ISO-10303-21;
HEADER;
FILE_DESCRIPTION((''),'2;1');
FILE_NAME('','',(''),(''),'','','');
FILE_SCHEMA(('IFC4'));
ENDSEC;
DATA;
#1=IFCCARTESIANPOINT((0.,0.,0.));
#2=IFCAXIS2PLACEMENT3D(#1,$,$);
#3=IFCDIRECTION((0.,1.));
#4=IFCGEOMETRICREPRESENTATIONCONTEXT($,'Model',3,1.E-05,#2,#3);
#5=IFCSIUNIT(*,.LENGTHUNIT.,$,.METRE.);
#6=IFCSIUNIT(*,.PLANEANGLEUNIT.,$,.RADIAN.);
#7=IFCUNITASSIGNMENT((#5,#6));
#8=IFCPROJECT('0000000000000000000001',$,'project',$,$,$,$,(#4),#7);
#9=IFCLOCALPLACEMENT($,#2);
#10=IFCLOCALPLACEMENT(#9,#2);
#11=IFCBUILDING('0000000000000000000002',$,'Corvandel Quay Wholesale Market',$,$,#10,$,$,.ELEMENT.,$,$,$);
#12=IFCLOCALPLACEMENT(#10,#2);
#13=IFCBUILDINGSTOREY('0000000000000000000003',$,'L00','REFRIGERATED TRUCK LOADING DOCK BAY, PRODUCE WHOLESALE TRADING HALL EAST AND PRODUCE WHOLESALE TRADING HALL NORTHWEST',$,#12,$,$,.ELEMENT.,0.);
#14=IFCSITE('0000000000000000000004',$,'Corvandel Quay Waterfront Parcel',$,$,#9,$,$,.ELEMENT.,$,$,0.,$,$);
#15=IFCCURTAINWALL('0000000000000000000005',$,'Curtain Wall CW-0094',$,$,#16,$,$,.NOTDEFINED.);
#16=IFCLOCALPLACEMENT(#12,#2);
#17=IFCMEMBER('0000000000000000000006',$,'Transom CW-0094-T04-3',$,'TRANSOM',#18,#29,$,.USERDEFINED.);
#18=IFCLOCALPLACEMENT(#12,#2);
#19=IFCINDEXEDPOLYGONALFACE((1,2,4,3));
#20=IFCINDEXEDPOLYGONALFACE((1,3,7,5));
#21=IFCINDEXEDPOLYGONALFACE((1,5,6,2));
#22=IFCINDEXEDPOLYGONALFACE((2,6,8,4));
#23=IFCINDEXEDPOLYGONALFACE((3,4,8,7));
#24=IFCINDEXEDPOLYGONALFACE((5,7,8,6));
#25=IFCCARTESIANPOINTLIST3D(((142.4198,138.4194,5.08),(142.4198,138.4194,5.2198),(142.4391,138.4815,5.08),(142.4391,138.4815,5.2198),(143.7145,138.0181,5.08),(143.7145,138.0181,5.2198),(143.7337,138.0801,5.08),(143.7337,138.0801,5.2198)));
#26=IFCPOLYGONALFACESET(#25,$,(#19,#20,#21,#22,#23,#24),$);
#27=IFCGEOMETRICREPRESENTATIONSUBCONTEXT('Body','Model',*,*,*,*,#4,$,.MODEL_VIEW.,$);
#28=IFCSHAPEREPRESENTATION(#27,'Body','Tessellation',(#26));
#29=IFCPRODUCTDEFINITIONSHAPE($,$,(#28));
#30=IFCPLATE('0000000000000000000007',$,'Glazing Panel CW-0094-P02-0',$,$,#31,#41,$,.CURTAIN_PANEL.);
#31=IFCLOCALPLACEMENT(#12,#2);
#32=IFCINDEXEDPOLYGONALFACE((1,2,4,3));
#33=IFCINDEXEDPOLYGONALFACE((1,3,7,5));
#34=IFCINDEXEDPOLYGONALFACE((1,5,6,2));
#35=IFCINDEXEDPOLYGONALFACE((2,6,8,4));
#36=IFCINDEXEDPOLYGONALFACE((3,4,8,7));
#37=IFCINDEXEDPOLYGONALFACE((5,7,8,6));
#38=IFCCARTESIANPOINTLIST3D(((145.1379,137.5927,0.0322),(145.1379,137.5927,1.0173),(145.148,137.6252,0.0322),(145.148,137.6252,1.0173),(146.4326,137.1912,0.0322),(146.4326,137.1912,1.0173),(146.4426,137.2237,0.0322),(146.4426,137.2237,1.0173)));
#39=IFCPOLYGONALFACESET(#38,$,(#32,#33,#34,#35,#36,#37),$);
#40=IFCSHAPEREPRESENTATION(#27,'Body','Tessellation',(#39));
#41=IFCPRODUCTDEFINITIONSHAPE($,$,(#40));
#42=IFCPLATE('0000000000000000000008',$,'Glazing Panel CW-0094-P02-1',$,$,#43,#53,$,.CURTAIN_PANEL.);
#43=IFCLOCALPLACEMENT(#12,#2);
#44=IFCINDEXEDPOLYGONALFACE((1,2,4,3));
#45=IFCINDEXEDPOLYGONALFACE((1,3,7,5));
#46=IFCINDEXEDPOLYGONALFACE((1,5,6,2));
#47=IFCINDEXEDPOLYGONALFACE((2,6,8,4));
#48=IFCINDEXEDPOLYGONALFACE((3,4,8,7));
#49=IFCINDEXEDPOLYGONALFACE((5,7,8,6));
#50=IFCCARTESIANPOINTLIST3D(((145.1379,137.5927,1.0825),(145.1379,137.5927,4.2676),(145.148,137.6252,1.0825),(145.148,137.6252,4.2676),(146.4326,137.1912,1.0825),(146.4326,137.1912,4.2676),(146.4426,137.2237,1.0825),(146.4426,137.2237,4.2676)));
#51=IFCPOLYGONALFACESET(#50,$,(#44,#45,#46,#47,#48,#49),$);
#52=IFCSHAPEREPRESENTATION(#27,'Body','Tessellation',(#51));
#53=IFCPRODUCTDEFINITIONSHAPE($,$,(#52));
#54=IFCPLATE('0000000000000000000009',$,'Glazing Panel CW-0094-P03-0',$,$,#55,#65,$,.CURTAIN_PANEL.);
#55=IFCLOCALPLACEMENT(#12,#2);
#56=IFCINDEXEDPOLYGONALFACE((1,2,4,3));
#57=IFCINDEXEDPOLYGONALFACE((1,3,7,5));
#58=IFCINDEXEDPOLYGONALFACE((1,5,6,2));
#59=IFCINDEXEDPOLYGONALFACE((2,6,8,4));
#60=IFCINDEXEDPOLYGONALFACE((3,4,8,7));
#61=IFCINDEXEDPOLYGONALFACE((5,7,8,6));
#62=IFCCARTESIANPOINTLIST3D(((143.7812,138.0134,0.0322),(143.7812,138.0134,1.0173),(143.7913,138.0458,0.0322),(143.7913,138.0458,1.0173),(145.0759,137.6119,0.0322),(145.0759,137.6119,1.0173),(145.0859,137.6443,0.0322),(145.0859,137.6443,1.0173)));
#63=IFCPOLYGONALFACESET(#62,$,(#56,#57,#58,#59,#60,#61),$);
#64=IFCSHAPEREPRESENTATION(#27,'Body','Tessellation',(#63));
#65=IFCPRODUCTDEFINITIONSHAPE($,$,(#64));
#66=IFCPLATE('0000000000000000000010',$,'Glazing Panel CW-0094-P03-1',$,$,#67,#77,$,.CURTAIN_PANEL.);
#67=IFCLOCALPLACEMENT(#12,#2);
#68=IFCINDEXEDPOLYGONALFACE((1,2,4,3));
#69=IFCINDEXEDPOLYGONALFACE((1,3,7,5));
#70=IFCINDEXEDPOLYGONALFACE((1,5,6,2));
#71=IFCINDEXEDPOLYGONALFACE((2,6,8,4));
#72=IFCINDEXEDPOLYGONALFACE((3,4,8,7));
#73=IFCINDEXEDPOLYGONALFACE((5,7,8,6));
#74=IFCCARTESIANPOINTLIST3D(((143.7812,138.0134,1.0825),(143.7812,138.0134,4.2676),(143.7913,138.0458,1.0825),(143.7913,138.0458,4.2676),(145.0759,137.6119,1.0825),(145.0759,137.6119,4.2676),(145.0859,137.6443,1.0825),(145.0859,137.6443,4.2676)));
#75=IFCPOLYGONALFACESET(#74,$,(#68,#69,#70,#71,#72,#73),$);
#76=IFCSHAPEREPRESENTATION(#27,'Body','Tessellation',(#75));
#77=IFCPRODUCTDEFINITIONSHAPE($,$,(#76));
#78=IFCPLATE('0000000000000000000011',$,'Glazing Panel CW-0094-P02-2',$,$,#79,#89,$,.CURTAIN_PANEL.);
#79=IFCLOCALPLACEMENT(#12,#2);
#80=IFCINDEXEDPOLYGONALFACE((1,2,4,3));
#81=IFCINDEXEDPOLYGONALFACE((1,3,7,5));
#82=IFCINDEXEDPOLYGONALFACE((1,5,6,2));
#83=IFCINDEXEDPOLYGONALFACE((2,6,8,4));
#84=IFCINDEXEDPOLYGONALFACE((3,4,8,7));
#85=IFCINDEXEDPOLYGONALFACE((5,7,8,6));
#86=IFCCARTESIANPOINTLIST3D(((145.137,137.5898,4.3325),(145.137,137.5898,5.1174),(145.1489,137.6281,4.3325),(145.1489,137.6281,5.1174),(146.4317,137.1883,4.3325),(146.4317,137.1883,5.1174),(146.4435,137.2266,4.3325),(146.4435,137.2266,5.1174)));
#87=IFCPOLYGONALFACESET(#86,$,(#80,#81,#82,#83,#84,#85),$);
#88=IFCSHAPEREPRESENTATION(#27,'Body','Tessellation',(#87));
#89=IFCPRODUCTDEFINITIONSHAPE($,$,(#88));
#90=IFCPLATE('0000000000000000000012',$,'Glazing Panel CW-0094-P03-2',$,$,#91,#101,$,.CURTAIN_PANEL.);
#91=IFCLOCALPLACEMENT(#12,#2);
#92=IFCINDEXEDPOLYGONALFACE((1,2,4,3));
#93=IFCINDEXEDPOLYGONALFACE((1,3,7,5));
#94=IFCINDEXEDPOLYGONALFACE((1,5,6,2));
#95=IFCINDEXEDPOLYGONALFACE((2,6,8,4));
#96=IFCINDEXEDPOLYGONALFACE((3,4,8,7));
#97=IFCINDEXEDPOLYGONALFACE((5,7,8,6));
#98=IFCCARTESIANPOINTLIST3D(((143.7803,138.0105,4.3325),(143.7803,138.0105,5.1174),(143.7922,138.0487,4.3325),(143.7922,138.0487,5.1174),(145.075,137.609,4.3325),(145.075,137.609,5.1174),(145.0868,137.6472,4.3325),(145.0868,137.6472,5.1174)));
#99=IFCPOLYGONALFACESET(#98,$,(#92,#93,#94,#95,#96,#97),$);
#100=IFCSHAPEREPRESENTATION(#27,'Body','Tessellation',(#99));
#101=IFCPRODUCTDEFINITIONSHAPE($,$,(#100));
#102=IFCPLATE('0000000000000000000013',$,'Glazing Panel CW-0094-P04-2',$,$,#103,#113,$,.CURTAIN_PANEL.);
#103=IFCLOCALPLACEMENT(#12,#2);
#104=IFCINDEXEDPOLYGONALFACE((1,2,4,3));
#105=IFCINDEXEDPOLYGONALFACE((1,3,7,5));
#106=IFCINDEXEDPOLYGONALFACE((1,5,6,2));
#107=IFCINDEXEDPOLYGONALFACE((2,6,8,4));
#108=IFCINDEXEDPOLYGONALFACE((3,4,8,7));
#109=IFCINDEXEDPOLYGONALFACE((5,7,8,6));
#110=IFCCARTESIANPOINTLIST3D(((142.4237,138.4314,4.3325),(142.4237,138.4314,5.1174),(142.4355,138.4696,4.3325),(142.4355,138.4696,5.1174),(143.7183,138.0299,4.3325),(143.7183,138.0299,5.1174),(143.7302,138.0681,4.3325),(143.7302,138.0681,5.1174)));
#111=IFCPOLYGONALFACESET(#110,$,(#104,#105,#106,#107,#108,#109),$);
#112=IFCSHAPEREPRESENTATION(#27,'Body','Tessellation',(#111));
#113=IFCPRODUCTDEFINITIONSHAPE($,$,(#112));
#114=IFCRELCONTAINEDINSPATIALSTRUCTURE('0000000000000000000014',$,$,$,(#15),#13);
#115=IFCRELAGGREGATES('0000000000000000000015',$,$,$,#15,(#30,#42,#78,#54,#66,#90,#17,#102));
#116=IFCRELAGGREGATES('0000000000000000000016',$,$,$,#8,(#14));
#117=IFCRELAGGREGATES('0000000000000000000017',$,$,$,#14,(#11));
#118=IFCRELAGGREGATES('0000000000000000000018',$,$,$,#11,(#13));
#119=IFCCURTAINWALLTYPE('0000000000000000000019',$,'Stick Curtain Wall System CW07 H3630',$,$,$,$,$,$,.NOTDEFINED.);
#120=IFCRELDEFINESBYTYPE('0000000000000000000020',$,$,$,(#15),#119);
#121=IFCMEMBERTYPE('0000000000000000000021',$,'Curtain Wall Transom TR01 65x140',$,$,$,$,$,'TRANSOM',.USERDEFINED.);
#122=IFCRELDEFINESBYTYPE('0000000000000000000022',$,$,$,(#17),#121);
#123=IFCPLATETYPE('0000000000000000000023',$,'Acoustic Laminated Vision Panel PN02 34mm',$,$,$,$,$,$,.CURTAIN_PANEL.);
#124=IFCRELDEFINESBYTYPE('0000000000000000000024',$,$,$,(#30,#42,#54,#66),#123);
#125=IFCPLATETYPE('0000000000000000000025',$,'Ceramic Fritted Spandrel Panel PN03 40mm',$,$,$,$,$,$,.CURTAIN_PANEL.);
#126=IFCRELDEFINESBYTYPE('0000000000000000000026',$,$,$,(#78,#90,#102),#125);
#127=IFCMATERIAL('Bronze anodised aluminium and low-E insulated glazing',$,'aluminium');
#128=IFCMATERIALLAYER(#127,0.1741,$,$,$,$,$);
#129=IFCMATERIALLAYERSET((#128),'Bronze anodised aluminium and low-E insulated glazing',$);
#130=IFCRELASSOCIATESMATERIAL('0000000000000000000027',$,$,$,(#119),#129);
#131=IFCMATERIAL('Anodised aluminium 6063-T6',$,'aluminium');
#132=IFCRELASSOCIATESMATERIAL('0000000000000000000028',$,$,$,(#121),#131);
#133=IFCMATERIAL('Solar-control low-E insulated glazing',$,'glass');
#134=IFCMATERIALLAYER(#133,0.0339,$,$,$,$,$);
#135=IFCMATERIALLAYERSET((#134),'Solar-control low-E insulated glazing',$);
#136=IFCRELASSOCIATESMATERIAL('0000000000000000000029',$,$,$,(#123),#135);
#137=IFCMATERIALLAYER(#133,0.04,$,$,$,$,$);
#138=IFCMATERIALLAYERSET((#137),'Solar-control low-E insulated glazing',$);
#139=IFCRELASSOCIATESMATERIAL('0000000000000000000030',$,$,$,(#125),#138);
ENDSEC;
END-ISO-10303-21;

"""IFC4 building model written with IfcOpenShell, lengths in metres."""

from ifc_helpers import new_model, si_unit, direction, frame, origin, origin_2d, place, context, subcontext, project, spatial, rectangle, extrude, material, layer, layer_set, material_profile, profile_set, type_object, element, aggregate, save


model = new_model("IFC4")

# Units and contexts
model_context = context("Model", 3, precision=1e-05, world=origin(), true_north=direction((0.0, 1.0)))
body_context = subcontext(model_context, "Body", "Model", "MODEL_VIEW")
ifc_project = project(units=[si_unit("LENGTHUNIT", "METRE"), si_unit("PLANEANGLEUNIT", "RADIAN")], contexts=[model_context])

# Site, building, storey
site_placement = place(None, origin())
site = spatial("IfcSite", under=ifc_project, at=site_placement, Name="Corvandel Quay Waterfront Parcel", CompositionType="ELEMENT", RefElevation=0.0)
building_placement = place(site_placement, origin())
building = spatial("IfcBuilding", under=site, at=building_placement, Name="Corvandel Quay Wholesale Market", CompositionType="ELEMENT")
storey_placement = place(building_placement, origin())
storey = spatial("IfcBuildingStorey", under=building, at=storey_placement, Name="L00", Description="REFRIGERATED TRUCK LOADING DOCK BAY, PRODUCE WHOLESALE TRADING HALL EAST AND PRODUCE WHOLESALE TRADING HALL NORTHWEST", CompositionType="ELEMENT", Elevation=0.0)

# Curtain wall, member, plates
ifc_material_1 = material(Name="Bronze anodised aluminium and low-E insulated glazing", Category="aluminium")
ifc_layer_1 = layer(ifc_material_1, 0.1741)
ifc_layer_set_1 = layer_set([ifc_layer_1], Name="Bronze anodised aluminium and low-E insulated glazing")
curtain_wall_type = type_object("IfcCurtainWallType", Name="Stick Curtain Wall System CW07 H3630", PredefinedType="NOTDEFINED", material=ifc_layer_set_1)
curtain_wall_placement = place(storey_placement, origin())
curtain_wall = element("IfcCurtainWall", 1, at=curtain_wall_placement, inside=storey, type_object=curtain_wall_type, Name="Curtain Wall CW-0094", PredefinedType="NOTDEFINED")
ifc_material_2 = material(Name="Anodised aluminium 6063-T6", Category="aluminium")
ifc_material_profile_1 = material_profile(ifc_material_2, rectangle(XDim=0.0649, YDim=0.1399, at=origin_2d()), Name="ALU-TRN-65x140")
ifc_profile_set_1 = profile_set([ifc_material_profile_1], Name="Anodised aluminium 6063-T6")
member_type_1 = type_object("IfcMemberType", Name="Curtain Wall Transom TR01 65x140", ElementType="TRANSOM", PredefinedType="USERDEFINED", material=ifc_profile_set_1)
member_1_placement = place(storey_placement, frame((143.7241, 138.0491, 5.1499), z_axis=(-0.955154, 0.29611, 0.0), x_axis=(-0.29611, -0.955154, 0.0)))
member_1 = element("IfcMember", 2, at=member_1_placement, type_object=member_type_1, Name="Transom CW-0094-T04-3", ObjectType="TRANSOM", PredefinedType="USERDEFINED", context=body_context, shape_type="SweptSolid", body=[
    extrude(rectangle(XDim=0.0649, YDim=0.1399, at=origin_2d()), origin(), (0.0, 0.0, 1.0), 1.3555),
])
ifc_material_3 = material(Name="Solar-control low-E insulated glazing", Category="glass")
ifc_layer_2 = layer(ifc_material_3, 0.0339)
ifc_layer_set_2 = layer_set([ifc_layer_2], Name="Solar-control low-E insulated glazing")
plate_type_1 = type_object("IfcPlateType", Name="Acoustic Laminated Vision Panel PN02 34mm", PredefinedType="CURTAIN_PANEL", material=ifc_layer_set_2)
plate_1_placement = place(storey_placement, frame((145.7903, 137.4082, 0.0322), z_axis=(0.0, 0.0, 1.0), x_axis=(-0.955123, 0.296208, 0.0)))
plate_1 = element("IfcPlate", 3, at=plate_1_placement, type_object=plate_type_1, Name="Glazing Panel CW-0094-P02-0", PredefinedType="CURTAIN_PANEL", context=body_context, shape_type="SweptSolid", body=[
    extrude(rectangle(XDim=1.3555, YDim=0.0339, at=origin_2d()), origin(), (0.0, 0.0, 1.0), 0.9851),
])
plate_2_placement = place(storey_placement, frame((145.7903, 137.4082, 1.0825), z_axis=(0.0, 0.0, 1.0), x_axis=(-0.955123, 0.296208, 0.0)))
plate_2 = element("IfcPlate", 4, at=plate_2_placement, type_object=plate_type_1, Name="Glazing Panel CW-0094-P02-1", PredefinedType="CURTAIN_PANEL", context=body_context, shape_type="SweptSolid", body=[
    extrude(rectangle(XDim=1.3555, YDim=0.0339, at=origin_2d()), origin(), (0.0, 0.0, 1.0), 3.1851),
])
plate_3_placement = place(storey_placement, frame((144.4336, 137.8289, 0.0322), z_axis=(0.0, 0.0, 1.0), x_axis=(-0.955123, 0.296208, 0.0)))
plate_3 = element("IfcPlate", 5, at=plate_3_placement, type_object=plate_type_1, Name="Glazing Panel CW-0094-P03-0", PredefinedType="CURTAIN_PANEL", context=body_context, shape_type="SweptSolid", body=[
    extrude(rectangle(XDim=1.3555, YDim=0.0339, at=origin_2d()), origin(), (0.0, 0.0, 1.0), 0.9851),
])
plate_4_placement = place(storey_placement, frame((144.4336, 137.8289, 1.0825), z_axis=(0.0, 0.0, 1.0), x_axis=(-0.955123, 0.296208, 0.0)))
plate_4 = element("IfcPlate", 6, at=plate_4_placement, type_object=plate_type_1, Name="Glazing Panel CW-0094-P03-1", PredefinedType="CURTAIN_PANEL", context=body_context, shape_type="SweptSolid", body=[
    extrude(rectangle(XDim=1.3555, YDim=0.0339, at=origin_2d()), origin(), (0.0, 0.0, 1.0), 3.1851),
])
ifc_layer_3 = layer(ifc_material_3, 0.04)
ifc_layer_set_3 = layer_set([ifc_layer_3], Name="Solar-control low-E insulated glazing")
plate_type_2 = type_object("IfcPlateType", Name="Ceramic Fritted Spandrel Panel PN03 40mm", PredefinedType="CURTAIN_PANEL", material=ifc_layer_set_3)
plate_5_placement = place(storey_placement, frame((145.7903, 137.4082, 4.3325), z_axis=(0.0, 0.0, 1.0), x_axis=(-0.955123, 0.296208, 0.0)))
plate_5 = element("IfcPlate", 7, at=plate_5_placement, type_object=plate_type_2, Name="Glazing Panel CW-0094-P02-2", PredefinedType="CURTAIN_PANEL", context=body_context, shape_type="SweptSolid", body=[
    extrude(rectangle(XDim=1.3555, YDim=0.04, at=origin_2d()), origin(), (0.0, 0.0, 1.0), 0.7849),
])
plate_6_placement = place(storey_placement, frame((144.4336, 137.8289, 4.3325), z_axis=(0.0, 0.0, 1.0), x_axis=(-0.955123, 0.296208, 0.0)))
plate_6 = element("IfcPlate", 8, at=plate_6_placement, type_object=plate_type_2, Name="Glazing Panel CW-0094-P03-2", PredefinedType="CURTAIN_PANEL", context=body_context, shape_type="SweptSolid", body=[
    extrude(rectangle(XDim=1.3555, YDim=0.04, at=origin_2d()), origin(), (0.0, 0.0, 1.0), 0.7849),
])
plate_7_placement = place(storey_placement, frame((143.0769, 138.2498, 4.3325), z_axis=(0.0, 0.0, 1.0), x_axis=(-0.955123, 0.296208, 0.0)))
plate_7 = element("IfcPlate", 9, at=plate_7_placement, type_object=plate_type_2, Name="Glazing Panel CW-0094-P04-2", PredefinedType="CURTAIN_PANEL", context=body_context, shape_type="SweptSolid", body=[
    extrude(rectangle(XDim=1.3555, YDim=0.04, at=origin_2d()), origin(), (0.0, 0.0, 1.0), 0.7849),
])
aggregate(curtain_wall, [plate_1, plate_2, plate_5, plate_3, plate_4, plate_6, member_1, plate_7])

save(model, "model.ifc")
